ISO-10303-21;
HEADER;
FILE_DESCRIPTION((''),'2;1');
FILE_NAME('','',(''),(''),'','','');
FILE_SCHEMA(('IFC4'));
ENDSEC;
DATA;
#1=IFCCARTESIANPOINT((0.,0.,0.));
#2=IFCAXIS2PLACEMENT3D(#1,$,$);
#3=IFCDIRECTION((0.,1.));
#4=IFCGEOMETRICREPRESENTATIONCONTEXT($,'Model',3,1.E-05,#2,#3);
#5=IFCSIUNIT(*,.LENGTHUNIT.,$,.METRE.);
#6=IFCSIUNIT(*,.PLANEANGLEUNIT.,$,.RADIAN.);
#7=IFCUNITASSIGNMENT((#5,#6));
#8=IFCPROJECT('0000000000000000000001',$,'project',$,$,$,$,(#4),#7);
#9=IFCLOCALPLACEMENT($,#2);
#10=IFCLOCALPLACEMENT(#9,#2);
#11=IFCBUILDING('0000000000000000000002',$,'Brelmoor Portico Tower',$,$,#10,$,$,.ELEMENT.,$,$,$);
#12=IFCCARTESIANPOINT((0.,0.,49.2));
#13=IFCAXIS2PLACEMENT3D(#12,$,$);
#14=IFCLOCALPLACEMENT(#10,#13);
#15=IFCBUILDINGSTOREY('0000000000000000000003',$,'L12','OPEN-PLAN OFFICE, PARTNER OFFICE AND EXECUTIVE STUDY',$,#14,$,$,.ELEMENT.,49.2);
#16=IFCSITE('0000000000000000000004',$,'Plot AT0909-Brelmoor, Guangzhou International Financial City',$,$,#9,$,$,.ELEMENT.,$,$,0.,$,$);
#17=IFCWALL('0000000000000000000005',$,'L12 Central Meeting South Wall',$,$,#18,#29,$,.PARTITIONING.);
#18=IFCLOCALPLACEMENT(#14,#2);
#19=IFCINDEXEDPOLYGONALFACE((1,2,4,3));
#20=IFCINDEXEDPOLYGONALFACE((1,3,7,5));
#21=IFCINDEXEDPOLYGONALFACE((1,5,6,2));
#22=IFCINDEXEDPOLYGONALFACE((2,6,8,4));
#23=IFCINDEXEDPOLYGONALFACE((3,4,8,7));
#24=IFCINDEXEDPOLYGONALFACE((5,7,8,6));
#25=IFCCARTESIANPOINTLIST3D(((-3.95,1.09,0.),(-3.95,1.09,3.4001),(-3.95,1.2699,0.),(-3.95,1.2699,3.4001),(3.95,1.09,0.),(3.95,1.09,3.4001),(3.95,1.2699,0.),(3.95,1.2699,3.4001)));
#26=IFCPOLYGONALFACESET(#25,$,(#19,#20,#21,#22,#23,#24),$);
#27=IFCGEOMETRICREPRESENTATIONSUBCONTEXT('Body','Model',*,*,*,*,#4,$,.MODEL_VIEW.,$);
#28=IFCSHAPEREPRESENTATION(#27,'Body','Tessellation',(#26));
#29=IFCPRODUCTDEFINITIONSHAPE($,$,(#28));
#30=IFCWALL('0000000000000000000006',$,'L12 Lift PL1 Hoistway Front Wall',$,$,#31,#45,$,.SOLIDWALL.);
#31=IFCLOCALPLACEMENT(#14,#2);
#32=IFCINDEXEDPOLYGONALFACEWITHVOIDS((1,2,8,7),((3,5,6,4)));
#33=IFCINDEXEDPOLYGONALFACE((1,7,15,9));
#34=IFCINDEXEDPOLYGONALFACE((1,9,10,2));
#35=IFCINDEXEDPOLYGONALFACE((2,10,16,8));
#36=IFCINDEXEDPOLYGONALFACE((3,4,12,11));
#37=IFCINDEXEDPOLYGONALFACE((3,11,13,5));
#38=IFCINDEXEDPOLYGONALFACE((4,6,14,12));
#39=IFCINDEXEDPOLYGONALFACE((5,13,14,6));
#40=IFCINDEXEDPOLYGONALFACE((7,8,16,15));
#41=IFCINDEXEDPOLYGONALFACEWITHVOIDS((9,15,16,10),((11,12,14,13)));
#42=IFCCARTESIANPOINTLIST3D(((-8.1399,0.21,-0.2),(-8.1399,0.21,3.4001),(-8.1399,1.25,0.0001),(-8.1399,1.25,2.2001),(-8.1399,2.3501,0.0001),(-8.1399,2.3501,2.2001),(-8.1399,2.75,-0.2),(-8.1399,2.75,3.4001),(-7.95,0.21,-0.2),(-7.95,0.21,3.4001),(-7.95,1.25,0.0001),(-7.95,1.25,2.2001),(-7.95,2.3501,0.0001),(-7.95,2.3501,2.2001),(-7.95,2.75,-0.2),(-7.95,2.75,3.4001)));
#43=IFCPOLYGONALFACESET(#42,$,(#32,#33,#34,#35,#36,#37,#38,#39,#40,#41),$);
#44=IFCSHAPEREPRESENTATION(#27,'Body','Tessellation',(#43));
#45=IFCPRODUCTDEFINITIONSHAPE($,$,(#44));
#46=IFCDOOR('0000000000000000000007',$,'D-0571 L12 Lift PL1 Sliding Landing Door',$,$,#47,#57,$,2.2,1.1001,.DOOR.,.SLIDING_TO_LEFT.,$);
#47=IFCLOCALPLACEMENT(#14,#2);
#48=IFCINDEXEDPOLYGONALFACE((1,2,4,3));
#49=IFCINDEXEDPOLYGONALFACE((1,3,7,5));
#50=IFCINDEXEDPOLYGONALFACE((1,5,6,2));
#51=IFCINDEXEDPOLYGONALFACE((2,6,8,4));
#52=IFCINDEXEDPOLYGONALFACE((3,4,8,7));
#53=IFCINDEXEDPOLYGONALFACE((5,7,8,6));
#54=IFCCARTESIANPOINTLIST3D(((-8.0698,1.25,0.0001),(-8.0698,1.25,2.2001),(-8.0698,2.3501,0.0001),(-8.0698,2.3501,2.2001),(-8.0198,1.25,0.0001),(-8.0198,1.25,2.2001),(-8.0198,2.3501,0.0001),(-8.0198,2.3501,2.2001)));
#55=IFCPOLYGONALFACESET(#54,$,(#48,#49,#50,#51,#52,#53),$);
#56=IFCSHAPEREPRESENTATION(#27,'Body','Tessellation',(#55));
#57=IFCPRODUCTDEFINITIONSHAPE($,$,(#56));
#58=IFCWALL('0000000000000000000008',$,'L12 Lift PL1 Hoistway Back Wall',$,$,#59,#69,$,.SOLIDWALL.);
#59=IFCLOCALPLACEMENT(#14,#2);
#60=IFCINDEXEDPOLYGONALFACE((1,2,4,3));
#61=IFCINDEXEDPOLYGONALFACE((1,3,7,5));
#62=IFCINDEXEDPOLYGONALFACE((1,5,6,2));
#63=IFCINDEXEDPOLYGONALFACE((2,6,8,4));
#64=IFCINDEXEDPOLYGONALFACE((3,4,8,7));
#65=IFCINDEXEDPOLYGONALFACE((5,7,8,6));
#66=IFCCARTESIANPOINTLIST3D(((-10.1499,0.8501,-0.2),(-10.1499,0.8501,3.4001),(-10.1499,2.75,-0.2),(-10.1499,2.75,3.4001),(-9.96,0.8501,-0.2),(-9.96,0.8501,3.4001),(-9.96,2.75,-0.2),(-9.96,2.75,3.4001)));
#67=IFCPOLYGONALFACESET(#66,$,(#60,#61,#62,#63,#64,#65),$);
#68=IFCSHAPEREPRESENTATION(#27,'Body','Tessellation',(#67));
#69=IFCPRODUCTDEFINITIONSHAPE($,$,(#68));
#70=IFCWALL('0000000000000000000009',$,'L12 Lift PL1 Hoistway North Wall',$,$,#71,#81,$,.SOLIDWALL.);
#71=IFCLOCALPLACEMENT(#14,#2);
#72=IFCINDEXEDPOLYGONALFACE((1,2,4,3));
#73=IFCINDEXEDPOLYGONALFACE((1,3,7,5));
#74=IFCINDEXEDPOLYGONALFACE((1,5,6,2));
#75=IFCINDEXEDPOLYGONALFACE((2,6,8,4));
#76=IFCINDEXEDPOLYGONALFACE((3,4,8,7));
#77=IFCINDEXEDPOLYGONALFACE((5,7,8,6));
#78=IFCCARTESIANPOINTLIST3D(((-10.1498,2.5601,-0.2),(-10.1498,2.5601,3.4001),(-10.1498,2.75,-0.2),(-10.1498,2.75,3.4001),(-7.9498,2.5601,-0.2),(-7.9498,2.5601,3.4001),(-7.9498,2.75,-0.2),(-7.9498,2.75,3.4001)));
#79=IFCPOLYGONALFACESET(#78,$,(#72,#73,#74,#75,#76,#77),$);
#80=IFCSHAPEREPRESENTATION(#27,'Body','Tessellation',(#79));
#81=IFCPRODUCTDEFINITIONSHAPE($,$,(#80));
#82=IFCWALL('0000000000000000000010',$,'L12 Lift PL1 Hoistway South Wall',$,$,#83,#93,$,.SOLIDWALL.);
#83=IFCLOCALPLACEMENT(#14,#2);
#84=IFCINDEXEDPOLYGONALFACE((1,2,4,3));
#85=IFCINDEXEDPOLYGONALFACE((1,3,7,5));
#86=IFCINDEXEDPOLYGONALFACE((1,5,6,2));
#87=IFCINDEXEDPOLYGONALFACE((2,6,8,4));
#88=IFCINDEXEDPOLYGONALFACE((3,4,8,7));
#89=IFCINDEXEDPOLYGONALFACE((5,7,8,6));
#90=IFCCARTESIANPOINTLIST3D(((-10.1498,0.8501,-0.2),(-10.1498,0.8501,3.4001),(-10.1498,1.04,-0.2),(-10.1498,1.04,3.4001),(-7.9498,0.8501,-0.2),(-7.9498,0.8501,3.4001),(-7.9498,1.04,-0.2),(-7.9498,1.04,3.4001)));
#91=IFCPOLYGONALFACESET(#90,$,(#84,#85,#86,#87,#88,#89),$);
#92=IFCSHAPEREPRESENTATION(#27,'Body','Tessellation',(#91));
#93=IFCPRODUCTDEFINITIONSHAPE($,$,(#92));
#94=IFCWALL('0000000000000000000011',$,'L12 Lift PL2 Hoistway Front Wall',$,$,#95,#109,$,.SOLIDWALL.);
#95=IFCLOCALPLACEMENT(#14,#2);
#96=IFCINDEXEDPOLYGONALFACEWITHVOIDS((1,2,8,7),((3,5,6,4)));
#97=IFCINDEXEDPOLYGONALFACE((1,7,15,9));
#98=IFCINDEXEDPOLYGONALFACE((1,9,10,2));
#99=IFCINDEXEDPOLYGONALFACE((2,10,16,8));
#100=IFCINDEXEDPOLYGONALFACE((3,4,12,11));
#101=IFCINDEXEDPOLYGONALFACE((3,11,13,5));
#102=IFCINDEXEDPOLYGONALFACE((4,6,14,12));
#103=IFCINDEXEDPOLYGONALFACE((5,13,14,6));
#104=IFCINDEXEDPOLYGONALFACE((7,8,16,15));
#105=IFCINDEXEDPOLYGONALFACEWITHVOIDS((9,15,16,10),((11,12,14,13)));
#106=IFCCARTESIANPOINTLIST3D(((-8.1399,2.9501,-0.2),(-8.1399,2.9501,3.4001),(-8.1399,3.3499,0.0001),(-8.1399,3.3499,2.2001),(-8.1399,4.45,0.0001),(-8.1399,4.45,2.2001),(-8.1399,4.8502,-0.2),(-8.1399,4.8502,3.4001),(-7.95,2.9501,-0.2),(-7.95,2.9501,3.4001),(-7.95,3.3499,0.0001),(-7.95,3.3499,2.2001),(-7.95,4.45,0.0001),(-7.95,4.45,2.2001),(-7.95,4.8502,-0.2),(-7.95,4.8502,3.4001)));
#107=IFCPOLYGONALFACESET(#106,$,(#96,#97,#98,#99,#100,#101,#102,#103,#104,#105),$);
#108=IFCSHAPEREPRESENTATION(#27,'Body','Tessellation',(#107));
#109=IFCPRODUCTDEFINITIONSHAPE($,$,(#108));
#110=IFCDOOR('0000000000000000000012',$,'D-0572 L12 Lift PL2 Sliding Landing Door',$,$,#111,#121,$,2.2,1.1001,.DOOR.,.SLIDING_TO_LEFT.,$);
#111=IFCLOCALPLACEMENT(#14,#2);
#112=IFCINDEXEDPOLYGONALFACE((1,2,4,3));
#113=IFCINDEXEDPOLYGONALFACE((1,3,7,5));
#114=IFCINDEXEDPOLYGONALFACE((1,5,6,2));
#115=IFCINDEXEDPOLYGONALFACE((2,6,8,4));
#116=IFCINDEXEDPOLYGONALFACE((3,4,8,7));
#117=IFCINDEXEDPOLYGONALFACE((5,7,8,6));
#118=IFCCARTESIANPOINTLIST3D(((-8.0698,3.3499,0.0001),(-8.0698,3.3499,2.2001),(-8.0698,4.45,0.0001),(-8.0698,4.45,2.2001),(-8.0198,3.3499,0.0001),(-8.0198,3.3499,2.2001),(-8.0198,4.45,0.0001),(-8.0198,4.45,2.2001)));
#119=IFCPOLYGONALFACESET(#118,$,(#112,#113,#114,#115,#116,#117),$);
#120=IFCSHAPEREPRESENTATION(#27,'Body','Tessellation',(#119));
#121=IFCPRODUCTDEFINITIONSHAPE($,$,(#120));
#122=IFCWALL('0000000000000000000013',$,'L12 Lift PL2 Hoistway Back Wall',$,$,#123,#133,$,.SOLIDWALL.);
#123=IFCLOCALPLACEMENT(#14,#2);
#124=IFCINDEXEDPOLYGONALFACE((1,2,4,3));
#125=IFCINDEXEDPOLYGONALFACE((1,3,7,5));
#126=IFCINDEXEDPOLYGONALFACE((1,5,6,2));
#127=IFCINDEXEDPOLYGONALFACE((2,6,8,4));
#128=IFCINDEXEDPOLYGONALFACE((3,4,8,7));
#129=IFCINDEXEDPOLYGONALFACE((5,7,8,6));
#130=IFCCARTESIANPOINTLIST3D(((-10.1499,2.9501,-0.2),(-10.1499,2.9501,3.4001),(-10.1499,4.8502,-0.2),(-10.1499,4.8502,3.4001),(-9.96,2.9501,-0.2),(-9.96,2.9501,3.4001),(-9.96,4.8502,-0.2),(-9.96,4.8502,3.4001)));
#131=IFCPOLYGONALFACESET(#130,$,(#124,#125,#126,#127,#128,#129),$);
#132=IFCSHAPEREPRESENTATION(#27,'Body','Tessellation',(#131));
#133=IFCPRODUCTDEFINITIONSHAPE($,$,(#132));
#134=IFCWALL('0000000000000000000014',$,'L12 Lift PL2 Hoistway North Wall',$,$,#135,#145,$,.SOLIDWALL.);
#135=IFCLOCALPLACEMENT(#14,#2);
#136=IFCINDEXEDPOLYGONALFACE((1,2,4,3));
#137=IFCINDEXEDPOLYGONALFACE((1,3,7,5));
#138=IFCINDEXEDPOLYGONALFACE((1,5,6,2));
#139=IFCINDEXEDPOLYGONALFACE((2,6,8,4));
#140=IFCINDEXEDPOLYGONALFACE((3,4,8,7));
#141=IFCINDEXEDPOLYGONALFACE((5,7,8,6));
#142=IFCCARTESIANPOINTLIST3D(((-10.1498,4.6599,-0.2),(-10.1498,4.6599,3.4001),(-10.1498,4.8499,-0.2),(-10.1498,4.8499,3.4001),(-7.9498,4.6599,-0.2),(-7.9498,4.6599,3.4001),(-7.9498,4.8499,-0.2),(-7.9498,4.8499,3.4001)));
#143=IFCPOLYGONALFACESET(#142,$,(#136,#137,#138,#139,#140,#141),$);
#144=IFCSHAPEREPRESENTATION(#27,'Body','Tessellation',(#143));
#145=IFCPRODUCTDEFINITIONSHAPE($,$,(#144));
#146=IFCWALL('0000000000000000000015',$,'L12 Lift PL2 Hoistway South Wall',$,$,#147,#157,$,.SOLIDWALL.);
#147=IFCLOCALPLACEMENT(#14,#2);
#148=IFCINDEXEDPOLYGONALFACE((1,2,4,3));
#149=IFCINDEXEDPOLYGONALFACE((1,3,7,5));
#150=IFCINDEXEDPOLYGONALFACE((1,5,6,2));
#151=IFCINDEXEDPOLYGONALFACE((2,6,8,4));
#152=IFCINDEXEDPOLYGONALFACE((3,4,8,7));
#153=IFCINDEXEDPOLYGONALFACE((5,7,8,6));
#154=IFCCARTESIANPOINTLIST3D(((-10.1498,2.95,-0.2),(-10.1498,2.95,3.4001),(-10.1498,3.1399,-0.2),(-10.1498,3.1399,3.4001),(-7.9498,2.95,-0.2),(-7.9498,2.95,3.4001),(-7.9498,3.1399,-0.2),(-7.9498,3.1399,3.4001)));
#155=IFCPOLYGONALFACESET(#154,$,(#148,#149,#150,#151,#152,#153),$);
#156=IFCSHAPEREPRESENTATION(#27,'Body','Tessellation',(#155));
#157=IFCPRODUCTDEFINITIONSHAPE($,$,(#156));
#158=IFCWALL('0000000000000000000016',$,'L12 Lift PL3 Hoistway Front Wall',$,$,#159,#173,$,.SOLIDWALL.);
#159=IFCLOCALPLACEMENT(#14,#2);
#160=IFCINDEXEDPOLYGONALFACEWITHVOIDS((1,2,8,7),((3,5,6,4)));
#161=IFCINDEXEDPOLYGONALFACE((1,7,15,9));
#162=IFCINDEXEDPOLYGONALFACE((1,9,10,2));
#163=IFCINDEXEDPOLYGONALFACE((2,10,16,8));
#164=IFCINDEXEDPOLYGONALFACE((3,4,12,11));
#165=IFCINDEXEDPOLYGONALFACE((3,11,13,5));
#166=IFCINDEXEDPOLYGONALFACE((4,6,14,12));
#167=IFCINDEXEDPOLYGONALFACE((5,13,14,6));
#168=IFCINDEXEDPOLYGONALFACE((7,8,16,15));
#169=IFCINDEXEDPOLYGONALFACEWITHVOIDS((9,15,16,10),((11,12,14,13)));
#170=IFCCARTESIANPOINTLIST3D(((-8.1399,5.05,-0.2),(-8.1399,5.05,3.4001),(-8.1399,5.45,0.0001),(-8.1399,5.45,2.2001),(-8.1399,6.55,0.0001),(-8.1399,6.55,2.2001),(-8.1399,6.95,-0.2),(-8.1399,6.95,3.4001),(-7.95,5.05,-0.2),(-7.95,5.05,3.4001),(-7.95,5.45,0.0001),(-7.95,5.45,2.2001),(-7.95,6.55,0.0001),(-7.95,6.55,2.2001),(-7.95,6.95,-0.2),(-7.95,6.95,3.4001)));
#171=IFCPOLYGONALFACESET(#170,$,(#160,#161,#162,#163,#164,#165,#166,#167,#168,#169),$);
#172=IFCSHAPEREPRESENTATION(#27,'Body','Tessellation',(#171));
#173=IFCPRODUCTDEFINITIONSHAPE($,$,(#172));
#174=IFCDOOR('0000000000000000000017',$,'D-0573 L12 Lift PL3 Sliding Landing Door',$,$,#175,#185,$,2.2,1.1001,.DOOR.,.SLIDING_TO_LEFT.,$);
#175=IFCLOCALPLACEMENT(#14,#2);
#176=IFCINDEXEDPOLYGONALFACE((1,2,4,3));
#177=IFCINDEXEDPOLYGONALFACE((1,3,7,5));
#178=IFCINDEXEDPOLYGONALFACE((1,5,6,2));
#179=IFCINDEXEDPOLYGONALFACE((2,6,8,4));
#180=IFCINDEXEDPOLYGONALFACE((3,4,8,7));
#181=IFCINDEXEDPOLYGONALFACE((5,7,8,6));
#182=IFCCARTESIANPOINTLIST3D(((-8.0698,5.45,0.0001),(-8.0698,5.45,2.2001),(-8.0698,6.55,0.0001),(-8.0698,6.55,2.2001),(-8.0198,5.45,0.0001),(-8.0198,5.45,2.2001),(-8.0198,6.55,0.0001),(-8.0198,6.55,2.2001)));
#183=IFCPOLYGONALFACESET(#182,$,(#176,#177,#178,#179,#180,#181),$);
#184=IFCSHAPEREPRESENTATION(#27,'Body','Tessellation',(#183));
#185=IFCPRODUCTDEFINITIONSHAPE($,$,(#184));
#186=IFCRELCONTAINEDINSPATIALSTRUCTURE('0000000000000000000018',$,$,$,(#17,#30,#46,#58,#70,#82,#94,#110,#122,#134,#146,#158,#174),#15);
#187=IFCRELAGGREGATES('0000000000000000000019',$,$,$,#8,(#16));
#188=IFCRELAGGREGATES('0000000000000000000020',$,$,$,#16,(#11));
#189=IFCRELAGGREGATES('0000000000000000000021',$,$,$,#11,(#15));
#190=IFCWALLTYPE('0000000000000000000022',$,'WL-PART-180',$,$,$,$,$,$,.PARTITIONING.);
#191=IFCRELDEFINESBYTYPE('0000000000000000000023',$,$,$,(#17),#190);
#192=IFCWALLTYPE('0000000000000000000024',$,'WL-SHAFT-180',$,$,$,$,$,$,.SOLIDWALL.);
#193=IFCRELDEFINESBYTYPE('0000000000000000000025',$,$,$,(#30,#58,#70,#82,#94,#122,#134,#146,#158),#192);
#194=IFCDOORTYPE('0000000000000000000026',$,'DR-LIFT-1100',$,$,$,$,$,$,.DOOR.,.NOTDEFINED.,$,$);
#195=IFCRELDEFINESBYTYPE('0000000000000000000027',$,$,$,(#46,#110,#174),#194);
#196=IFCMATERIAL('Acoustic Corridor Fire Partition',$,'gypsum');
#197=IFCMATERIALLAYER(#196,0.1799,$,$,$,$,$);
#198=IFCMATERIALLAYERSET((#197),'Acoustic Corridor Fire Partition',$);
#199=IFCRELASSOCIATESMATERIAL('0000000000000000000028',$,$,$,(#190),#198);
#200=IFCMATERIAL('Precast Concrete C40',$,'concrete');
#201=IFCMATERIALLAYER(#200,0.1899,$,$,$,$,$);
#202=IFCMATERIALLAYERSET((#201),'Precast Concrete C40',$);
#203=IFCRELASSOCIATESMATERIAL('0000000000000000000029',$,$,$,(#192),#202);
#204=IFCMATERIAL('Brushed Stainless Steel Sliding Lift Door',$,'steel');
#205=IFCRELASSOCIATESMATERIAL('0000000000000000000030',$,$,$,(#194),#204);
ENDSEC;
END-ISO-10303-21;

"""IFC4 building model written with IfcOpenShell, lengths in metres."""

from ifc_helpers import new_model, si_unit, direction, frame, frame_2d, origin, place, context, subcontext, project, spatial, rectangle, extrude, material, layer, layer_set, type_object, element, fill, save


model = new_model("IFC4")

# Units and contexts
model_context = context("Model", 3, precision=1e-05, world=origin(), true_north=direction((0.0, 1.0)))
body_context = subcontext(model_context, "Body", "Model", "MODEL_VIEW")
ifc_project = project(units=[si_unit("LENGTHUNIT", "METRE"), si_unit("PLANEANGLEUNIT", "RADIAN")], contexts=[model_context])

# Site, building, storey
site_placement = place(None, origin())
site = spatial("IfcSite", under=ifc_project, at=site_placement, Name="Plot AT0909-Brelmoor, Guangzhou International Financial City", CompositionType="ELEMENT", RefElevation=0.0)
building_placement = place(site_placement, origin())
building = spatial("IfcBuilding", under=site, at=building_placement, Name="Brelmoor Portico Tower", CompositionType="ELEMENT")
storey_placement = place(building_placement, frame((0.0, 0.0, 49.2)))
storey = spatial("IfcBuildingStorey", under=building, at=storey_placement, Name="L12", Description="OPEN-PLAN OFFICE, PARTNER OFFICE AND EXECUTIVE STUDY", CompositionType="ELEMENT", Elevation=49.2)

# Wall
ifc_material_1 = material(Name="Acoustic Corridor Fire Partition", Category="gypsum")
ifc_layer_1 = layer(ifc_material_1, 0.1799)
ifc_layer_set_1 = layer_set([ifc_layer_1], Name="Acoustic Corridor Fire Partition")
wall_type_1 = type_object("IfcWallType", Name="WL-PART-180", PredefinedType="PARTITIONING", material=ifc_layer_set_1)
wall_1_placement = place(storey_placement, frame((-3.95, 1.1799, 0.0), z_axis=(0.0, 0.0, 1.0), x_axis=(1.0, 0.0, 0.0)))
element("IfcWall", 1, at=wall_1_placement, inside=storey, type_object=wall_type_1, Name="L12 Central Meeting South Wall", PredefinedType="PARTITIONING", context=body_context, shape_type="SweptSolid", body=[
    extrude(rectangle(XDim=7.8999, YDim=0.1799, at=frame_2d((3.95, 0.0))), origin(), (0.0, 0.0, 1.0), 3.4001),
])

# Wall, opening, door
ifc_material_2 = material(Name="Precast Concrete C40", Category="concrete")
ifc_layer_2 = layer(ifc_material_2, 0.1899)
ifc_layer_set_2 = layer_set([ifc_layer_2], Name="Precast Concrete C40")
wall_type_2 = type_object("IfcWallType", Name="WL-SHAFT-180", PredefinedType="SOLIDWALL", material=ifc_layer_set_2)
wall_2_placement = place(storey_placement, frame((-8.0449, 0.21, -0.2), z_axis=(0.0, 0.0, 1.0), x_axis=(0.0, 1.0, 0.0)))
wall_2 = element("IfcWall", 2, at=wall_2_placement, inside=storey, type_object=wall_type_2, Name="L12 Lift PL1 Hoistway Front Wall", PredefinedType="SOLIDWALL", context=body_context, shape_type="SweptSolid", body=[
    extrude(rectangle(XDim=2.54, YDim=0.1899, at=frame_2d((1.27, 0.0))), origin(), (0.0, 0.0, 1.0), 3.6001),
])
opening_1_placement = place(wall_2_placement, frame((1.04, 0.0, 0.2)))
opening_1 = element("IfcOpeningElement", 3, at=opening_1_placement, cuts=wall_2, PredefinedType="OPENING", context=body_context, shape_type="SweptSolid", body=[
    extrude(rectangle(XDim=1.1001, YDim=2.2, at=frame_2d((0.55, 1.1001))), frame((0.0, 0.105, 0.0), z_axis=(0.0, -1.0, 0.0), x_axis=(1.0, 0.0, 0.0)), (0.0, 0.0, 1.0), 0.21),
])
ifc_material_3 = material(Name="Brushed Stainless Steel Sliding Lift Door", Category="steel")
door_type_1 = type_object("IfcDoorType", Name="DR-LIFT-1100", OperationType="NOTDEFINED", PredefinedType="DOOR", material=ifc_material_3)
door_1_placement = place(opening_1_placement, origin())
door_1 = element("IfcDoor", 4, at=door_1_placement, inside=storey, type_object=door_type_1, Name="D-0571 L12 Lift PL1 Sliding Landing Door", OperationType="SLIDING_TO_LEFT", OverallHeight=2.2, OverallWidth=1.1001, PredefinedType="DOOR", context=body_context, shape_type="SweptSolid", body=[
    extrude(rectangle(XDim=1.1001, YDim=2.2, at=frame_2d((0.55, 1.1001))), frame((0.0, 0.0249, 0.0), z_axis=(0.0, -1.0, 0.0), x_axis=(1.0, 0.0, 0.0)), (0.0, 0.0, 1.0), 0.05),
])
fill(opening_1, door_1)

# Walls
wall_3_placement = place(storey_placement, frame((-10.0549, 0.8501, -0.2), z_axis=(0.0, 0.0, 1.0), x_axis=(0.0, 1.0, 0.0)))
element("IfcWall", 5, at=wall_3_placement, inside=storey, type_object=wall_type_2, Name="L12 Lift PL1 Hoistway Back Wall", PredefinedType="SOLIDWALL", context=body_context, shape_type="SweptSolid", body=[
    extrude(rectangle(XDim=1.8999, YDim=0.1899, at=frame_2d((0.95, 0.0))), origin(), (0.0, 0.0, 1.0), 3.6001),
])
for number, where, z_axis, x_axis, name in (
    (6, (-10.1499, 2.655, -0.2), (0.0, 0.0, 1.0), (1.0, 0.0, 0.0), "L12 Lift PL1 Hoistway North Wall"),
    (7, (-10.1499, 0.9451, -0.2), (0.0, 0.0, 1.0), (1.0, 0.0, 0.0), "L12 Lift PL1 Hoistway South Wall"),
):
    element("IfcWall", number, at=place(storey_placement, frame(where, z_axis=z_axis, x_axis=x_axis)), inside=storey, type_object=wall_type_2, Name=name, PredefinedType="SOLIDWALL", context=body_context, shape_type="SweptSolid", body=[
        extrude(rectangle(XDim=2.2, YDim=0.1899, at=frame_2d((1.1001, 0.0))), origin(), (0.0, 0.0, 1.0), 3.6001),
    ])

# Wall, opening, door
wall_4_placement = place(storey_placement, frame((-8.0449, 2.95, -0.2), z_axis=(0.0, 0.0, 1.0), x_axis=(0.0, 1.0, 0.0)))
wall_4 = element("IfcWall", 8, at=wall_4_placement, inside=storey, type_object=wall_type_2, Name="L12 Lift PL2 Hoistway Front Wall", PredefinedType="SOLIDWALL", context=body_context, shape_type="SweptSolid", body=[
    extrude(rectangle(XDim=1.9001, YDim=0.1899, at=frame_2d((0.9502, 0.0))), origin(), (0.0, 0.0, 1.0), 3.6001),
])
opening_2_placement = place(wall_4_placement, frame((0.3999, 0.0, 0.2)))
opening_2 = element("IfcOpeningElement", 9, at=opening_2_placement, cuts=wall_4, PredefinedType="OPENING", context=body_context, shape_type="SweptSolid", body=[
    extrude(rectangle(XDim=1.1001, YDim=2.2, at=frame_2d((0.55, 1.1001))), frame((0.0, 0.105, 0.0), z_axis=(0.0, -1.0, 0.0), x_axis=(1.0, 0.0, 0.0)), (0.0, 0.0, 1.0), 0.21),
])
door_2_placement = place(opening_2_placement, origin())
door_2 = element("IfcDoor", 10, at=door_2_placement, inside=storey, type_object=door_type_1, Name="D-0572 L12 Lift PL2 Sliding Landing Door", OperationType="SLIDING_TO_LEFT", OverallHeight=2.2, OverallWidth=1.1001, PredefinedType="DOOR", context=body_context, shape_type="SweptSolid", body=[
    extrude(rectangle(XDim=1.1001, YDim=2.2, at=frame_2d((0.55, 1.1001))), frame((0.0, 0.0249, 0.0), z_axis=(0.0, -1.0, 0.0), x_axis=(1.0, 0.0, 0.0)), (0.0, 0.0, 1.0), 0.05),
])
fill(opening_2, door_2)

# Walls
wall_5_placement = place(storey_placement, frame((-10.0549, 2.95, -0.2), z_axis=(0.0, 0.0, 1.0), x_axis=(0.0, 1.0, 0.0)))
element("IfcWall", 11, at=wall_5_placement, inside=storey, type_object=wall_type_2, Name="L12 Lift PL2 Hoistway Back Wall", PredefinedType="SOLIDWALL", context=body_context, shape_type="SweptSolid", body=[
    extrude(rectangle(XDim=1.9001, YDim=0.1899, at=frame_2d((0.9502, 0.0))), origin(), (0.0, 0.0, 1.0), 3.6001),
])
for number, where, z_axis, x_axis, name in (
    (12, (-10.1499, 4.7549, -0.2), (0.0, 0.0, 1.0), (1.0, 0.0, 0.0), "L12 Lift PL2 Hoistway North Wall"),
    (13, (-10.1499, 3.0449, -0.2), (0.0, 0.0, 1.0), (1.0, 0.0, 0.0), "L12 Lift PL2 Hoistway South Wall"),
):
    element("IfcWall", number, at=place(storey_placement, frame(where, z_axis=z_axis, x_axis=x_axis)), inside=storey, type_object=wall_type_2, Name=name, PredefinedType="SOLIDWALL", context=body_context, shape_type="SweptSolid", body=[
        extrude(rectangle(XDim=2.2, YDim=0.1899, at=frame_2d((1.1001, 0.0))), origin(), (0.0, 0.0, 1.0), 3.6001),
    ])

# Wall, opening, door
wall_6_placement = place(storey_placement, frame((-8.0449, 5.05, -0.2), z_axis=(0.0, 0.0, 1.0), x_axis=(0.0, 1.0, 0.0)))
wall_6 = element("IfcWall", 14, at=wall_6_placement, inside=storey, type_object=wall_type_2, Name="L12 Lift PL3 Hoistway Front Wall", PredefinedType="SOLIDWALL", context=body_context, shape_type="SweptSolid", body=[
    extrude(rectangle(XDim=1.8999, YDim=0.1899, at=frame_2d((0.95, 0.0))), origin(), (0.0, 0.0, 1.0), 3.6001),
])
opening_3_placement = place(wall_6_placement, frame((0.3999, 0.0, 0.2)))
opening_3 = element("IfcOpeningElement", 15, at=opening_3_placement, cuts=wall_6, PredefinedType="OPENING", context=body_context, shape_type="SweptSolid", body=[
    extrude(rectangle(XDim=1.1001, YDim=2.2, at=frame_2d((0.55, 1.1001))), frame((0.0, 0.105, 0.0), z_axis=(0.0, -1.0, 0.0), x_axis=(1.0, 0.0, 0.0)), (0.0, 0.0, 1.0), 0.21),
])
door_3_placement = place(opening_3_placement, origin())
door_3 = element("IfcDoor", 16, at=door_3_placement, inside=storey, type_object=door_type_1, Name="D-0573 L12 Lift PL3 Sliding Landing Door", OperationType="SLIDING_TO_LEFT", OverallHeight=2.2, OverallWidth=1.1001, PredefinedType="DOOR", context=body_context, shape_type="SweptSolid", body=[
    extrude(rectangle(XDim=1.1001, YDim=2.2, at=frame_2d((0.55, 1.1001))), frame((0.0, 0.0249, 0.0), z_axis=(0.0, -1.0, 0.0), x_axis=(1.0, 0.0, 0.0)), (0.0, 0.0, 1.0), 0.05),
])
fill(opening_3, door_3)

save(model, "model.ifc")
